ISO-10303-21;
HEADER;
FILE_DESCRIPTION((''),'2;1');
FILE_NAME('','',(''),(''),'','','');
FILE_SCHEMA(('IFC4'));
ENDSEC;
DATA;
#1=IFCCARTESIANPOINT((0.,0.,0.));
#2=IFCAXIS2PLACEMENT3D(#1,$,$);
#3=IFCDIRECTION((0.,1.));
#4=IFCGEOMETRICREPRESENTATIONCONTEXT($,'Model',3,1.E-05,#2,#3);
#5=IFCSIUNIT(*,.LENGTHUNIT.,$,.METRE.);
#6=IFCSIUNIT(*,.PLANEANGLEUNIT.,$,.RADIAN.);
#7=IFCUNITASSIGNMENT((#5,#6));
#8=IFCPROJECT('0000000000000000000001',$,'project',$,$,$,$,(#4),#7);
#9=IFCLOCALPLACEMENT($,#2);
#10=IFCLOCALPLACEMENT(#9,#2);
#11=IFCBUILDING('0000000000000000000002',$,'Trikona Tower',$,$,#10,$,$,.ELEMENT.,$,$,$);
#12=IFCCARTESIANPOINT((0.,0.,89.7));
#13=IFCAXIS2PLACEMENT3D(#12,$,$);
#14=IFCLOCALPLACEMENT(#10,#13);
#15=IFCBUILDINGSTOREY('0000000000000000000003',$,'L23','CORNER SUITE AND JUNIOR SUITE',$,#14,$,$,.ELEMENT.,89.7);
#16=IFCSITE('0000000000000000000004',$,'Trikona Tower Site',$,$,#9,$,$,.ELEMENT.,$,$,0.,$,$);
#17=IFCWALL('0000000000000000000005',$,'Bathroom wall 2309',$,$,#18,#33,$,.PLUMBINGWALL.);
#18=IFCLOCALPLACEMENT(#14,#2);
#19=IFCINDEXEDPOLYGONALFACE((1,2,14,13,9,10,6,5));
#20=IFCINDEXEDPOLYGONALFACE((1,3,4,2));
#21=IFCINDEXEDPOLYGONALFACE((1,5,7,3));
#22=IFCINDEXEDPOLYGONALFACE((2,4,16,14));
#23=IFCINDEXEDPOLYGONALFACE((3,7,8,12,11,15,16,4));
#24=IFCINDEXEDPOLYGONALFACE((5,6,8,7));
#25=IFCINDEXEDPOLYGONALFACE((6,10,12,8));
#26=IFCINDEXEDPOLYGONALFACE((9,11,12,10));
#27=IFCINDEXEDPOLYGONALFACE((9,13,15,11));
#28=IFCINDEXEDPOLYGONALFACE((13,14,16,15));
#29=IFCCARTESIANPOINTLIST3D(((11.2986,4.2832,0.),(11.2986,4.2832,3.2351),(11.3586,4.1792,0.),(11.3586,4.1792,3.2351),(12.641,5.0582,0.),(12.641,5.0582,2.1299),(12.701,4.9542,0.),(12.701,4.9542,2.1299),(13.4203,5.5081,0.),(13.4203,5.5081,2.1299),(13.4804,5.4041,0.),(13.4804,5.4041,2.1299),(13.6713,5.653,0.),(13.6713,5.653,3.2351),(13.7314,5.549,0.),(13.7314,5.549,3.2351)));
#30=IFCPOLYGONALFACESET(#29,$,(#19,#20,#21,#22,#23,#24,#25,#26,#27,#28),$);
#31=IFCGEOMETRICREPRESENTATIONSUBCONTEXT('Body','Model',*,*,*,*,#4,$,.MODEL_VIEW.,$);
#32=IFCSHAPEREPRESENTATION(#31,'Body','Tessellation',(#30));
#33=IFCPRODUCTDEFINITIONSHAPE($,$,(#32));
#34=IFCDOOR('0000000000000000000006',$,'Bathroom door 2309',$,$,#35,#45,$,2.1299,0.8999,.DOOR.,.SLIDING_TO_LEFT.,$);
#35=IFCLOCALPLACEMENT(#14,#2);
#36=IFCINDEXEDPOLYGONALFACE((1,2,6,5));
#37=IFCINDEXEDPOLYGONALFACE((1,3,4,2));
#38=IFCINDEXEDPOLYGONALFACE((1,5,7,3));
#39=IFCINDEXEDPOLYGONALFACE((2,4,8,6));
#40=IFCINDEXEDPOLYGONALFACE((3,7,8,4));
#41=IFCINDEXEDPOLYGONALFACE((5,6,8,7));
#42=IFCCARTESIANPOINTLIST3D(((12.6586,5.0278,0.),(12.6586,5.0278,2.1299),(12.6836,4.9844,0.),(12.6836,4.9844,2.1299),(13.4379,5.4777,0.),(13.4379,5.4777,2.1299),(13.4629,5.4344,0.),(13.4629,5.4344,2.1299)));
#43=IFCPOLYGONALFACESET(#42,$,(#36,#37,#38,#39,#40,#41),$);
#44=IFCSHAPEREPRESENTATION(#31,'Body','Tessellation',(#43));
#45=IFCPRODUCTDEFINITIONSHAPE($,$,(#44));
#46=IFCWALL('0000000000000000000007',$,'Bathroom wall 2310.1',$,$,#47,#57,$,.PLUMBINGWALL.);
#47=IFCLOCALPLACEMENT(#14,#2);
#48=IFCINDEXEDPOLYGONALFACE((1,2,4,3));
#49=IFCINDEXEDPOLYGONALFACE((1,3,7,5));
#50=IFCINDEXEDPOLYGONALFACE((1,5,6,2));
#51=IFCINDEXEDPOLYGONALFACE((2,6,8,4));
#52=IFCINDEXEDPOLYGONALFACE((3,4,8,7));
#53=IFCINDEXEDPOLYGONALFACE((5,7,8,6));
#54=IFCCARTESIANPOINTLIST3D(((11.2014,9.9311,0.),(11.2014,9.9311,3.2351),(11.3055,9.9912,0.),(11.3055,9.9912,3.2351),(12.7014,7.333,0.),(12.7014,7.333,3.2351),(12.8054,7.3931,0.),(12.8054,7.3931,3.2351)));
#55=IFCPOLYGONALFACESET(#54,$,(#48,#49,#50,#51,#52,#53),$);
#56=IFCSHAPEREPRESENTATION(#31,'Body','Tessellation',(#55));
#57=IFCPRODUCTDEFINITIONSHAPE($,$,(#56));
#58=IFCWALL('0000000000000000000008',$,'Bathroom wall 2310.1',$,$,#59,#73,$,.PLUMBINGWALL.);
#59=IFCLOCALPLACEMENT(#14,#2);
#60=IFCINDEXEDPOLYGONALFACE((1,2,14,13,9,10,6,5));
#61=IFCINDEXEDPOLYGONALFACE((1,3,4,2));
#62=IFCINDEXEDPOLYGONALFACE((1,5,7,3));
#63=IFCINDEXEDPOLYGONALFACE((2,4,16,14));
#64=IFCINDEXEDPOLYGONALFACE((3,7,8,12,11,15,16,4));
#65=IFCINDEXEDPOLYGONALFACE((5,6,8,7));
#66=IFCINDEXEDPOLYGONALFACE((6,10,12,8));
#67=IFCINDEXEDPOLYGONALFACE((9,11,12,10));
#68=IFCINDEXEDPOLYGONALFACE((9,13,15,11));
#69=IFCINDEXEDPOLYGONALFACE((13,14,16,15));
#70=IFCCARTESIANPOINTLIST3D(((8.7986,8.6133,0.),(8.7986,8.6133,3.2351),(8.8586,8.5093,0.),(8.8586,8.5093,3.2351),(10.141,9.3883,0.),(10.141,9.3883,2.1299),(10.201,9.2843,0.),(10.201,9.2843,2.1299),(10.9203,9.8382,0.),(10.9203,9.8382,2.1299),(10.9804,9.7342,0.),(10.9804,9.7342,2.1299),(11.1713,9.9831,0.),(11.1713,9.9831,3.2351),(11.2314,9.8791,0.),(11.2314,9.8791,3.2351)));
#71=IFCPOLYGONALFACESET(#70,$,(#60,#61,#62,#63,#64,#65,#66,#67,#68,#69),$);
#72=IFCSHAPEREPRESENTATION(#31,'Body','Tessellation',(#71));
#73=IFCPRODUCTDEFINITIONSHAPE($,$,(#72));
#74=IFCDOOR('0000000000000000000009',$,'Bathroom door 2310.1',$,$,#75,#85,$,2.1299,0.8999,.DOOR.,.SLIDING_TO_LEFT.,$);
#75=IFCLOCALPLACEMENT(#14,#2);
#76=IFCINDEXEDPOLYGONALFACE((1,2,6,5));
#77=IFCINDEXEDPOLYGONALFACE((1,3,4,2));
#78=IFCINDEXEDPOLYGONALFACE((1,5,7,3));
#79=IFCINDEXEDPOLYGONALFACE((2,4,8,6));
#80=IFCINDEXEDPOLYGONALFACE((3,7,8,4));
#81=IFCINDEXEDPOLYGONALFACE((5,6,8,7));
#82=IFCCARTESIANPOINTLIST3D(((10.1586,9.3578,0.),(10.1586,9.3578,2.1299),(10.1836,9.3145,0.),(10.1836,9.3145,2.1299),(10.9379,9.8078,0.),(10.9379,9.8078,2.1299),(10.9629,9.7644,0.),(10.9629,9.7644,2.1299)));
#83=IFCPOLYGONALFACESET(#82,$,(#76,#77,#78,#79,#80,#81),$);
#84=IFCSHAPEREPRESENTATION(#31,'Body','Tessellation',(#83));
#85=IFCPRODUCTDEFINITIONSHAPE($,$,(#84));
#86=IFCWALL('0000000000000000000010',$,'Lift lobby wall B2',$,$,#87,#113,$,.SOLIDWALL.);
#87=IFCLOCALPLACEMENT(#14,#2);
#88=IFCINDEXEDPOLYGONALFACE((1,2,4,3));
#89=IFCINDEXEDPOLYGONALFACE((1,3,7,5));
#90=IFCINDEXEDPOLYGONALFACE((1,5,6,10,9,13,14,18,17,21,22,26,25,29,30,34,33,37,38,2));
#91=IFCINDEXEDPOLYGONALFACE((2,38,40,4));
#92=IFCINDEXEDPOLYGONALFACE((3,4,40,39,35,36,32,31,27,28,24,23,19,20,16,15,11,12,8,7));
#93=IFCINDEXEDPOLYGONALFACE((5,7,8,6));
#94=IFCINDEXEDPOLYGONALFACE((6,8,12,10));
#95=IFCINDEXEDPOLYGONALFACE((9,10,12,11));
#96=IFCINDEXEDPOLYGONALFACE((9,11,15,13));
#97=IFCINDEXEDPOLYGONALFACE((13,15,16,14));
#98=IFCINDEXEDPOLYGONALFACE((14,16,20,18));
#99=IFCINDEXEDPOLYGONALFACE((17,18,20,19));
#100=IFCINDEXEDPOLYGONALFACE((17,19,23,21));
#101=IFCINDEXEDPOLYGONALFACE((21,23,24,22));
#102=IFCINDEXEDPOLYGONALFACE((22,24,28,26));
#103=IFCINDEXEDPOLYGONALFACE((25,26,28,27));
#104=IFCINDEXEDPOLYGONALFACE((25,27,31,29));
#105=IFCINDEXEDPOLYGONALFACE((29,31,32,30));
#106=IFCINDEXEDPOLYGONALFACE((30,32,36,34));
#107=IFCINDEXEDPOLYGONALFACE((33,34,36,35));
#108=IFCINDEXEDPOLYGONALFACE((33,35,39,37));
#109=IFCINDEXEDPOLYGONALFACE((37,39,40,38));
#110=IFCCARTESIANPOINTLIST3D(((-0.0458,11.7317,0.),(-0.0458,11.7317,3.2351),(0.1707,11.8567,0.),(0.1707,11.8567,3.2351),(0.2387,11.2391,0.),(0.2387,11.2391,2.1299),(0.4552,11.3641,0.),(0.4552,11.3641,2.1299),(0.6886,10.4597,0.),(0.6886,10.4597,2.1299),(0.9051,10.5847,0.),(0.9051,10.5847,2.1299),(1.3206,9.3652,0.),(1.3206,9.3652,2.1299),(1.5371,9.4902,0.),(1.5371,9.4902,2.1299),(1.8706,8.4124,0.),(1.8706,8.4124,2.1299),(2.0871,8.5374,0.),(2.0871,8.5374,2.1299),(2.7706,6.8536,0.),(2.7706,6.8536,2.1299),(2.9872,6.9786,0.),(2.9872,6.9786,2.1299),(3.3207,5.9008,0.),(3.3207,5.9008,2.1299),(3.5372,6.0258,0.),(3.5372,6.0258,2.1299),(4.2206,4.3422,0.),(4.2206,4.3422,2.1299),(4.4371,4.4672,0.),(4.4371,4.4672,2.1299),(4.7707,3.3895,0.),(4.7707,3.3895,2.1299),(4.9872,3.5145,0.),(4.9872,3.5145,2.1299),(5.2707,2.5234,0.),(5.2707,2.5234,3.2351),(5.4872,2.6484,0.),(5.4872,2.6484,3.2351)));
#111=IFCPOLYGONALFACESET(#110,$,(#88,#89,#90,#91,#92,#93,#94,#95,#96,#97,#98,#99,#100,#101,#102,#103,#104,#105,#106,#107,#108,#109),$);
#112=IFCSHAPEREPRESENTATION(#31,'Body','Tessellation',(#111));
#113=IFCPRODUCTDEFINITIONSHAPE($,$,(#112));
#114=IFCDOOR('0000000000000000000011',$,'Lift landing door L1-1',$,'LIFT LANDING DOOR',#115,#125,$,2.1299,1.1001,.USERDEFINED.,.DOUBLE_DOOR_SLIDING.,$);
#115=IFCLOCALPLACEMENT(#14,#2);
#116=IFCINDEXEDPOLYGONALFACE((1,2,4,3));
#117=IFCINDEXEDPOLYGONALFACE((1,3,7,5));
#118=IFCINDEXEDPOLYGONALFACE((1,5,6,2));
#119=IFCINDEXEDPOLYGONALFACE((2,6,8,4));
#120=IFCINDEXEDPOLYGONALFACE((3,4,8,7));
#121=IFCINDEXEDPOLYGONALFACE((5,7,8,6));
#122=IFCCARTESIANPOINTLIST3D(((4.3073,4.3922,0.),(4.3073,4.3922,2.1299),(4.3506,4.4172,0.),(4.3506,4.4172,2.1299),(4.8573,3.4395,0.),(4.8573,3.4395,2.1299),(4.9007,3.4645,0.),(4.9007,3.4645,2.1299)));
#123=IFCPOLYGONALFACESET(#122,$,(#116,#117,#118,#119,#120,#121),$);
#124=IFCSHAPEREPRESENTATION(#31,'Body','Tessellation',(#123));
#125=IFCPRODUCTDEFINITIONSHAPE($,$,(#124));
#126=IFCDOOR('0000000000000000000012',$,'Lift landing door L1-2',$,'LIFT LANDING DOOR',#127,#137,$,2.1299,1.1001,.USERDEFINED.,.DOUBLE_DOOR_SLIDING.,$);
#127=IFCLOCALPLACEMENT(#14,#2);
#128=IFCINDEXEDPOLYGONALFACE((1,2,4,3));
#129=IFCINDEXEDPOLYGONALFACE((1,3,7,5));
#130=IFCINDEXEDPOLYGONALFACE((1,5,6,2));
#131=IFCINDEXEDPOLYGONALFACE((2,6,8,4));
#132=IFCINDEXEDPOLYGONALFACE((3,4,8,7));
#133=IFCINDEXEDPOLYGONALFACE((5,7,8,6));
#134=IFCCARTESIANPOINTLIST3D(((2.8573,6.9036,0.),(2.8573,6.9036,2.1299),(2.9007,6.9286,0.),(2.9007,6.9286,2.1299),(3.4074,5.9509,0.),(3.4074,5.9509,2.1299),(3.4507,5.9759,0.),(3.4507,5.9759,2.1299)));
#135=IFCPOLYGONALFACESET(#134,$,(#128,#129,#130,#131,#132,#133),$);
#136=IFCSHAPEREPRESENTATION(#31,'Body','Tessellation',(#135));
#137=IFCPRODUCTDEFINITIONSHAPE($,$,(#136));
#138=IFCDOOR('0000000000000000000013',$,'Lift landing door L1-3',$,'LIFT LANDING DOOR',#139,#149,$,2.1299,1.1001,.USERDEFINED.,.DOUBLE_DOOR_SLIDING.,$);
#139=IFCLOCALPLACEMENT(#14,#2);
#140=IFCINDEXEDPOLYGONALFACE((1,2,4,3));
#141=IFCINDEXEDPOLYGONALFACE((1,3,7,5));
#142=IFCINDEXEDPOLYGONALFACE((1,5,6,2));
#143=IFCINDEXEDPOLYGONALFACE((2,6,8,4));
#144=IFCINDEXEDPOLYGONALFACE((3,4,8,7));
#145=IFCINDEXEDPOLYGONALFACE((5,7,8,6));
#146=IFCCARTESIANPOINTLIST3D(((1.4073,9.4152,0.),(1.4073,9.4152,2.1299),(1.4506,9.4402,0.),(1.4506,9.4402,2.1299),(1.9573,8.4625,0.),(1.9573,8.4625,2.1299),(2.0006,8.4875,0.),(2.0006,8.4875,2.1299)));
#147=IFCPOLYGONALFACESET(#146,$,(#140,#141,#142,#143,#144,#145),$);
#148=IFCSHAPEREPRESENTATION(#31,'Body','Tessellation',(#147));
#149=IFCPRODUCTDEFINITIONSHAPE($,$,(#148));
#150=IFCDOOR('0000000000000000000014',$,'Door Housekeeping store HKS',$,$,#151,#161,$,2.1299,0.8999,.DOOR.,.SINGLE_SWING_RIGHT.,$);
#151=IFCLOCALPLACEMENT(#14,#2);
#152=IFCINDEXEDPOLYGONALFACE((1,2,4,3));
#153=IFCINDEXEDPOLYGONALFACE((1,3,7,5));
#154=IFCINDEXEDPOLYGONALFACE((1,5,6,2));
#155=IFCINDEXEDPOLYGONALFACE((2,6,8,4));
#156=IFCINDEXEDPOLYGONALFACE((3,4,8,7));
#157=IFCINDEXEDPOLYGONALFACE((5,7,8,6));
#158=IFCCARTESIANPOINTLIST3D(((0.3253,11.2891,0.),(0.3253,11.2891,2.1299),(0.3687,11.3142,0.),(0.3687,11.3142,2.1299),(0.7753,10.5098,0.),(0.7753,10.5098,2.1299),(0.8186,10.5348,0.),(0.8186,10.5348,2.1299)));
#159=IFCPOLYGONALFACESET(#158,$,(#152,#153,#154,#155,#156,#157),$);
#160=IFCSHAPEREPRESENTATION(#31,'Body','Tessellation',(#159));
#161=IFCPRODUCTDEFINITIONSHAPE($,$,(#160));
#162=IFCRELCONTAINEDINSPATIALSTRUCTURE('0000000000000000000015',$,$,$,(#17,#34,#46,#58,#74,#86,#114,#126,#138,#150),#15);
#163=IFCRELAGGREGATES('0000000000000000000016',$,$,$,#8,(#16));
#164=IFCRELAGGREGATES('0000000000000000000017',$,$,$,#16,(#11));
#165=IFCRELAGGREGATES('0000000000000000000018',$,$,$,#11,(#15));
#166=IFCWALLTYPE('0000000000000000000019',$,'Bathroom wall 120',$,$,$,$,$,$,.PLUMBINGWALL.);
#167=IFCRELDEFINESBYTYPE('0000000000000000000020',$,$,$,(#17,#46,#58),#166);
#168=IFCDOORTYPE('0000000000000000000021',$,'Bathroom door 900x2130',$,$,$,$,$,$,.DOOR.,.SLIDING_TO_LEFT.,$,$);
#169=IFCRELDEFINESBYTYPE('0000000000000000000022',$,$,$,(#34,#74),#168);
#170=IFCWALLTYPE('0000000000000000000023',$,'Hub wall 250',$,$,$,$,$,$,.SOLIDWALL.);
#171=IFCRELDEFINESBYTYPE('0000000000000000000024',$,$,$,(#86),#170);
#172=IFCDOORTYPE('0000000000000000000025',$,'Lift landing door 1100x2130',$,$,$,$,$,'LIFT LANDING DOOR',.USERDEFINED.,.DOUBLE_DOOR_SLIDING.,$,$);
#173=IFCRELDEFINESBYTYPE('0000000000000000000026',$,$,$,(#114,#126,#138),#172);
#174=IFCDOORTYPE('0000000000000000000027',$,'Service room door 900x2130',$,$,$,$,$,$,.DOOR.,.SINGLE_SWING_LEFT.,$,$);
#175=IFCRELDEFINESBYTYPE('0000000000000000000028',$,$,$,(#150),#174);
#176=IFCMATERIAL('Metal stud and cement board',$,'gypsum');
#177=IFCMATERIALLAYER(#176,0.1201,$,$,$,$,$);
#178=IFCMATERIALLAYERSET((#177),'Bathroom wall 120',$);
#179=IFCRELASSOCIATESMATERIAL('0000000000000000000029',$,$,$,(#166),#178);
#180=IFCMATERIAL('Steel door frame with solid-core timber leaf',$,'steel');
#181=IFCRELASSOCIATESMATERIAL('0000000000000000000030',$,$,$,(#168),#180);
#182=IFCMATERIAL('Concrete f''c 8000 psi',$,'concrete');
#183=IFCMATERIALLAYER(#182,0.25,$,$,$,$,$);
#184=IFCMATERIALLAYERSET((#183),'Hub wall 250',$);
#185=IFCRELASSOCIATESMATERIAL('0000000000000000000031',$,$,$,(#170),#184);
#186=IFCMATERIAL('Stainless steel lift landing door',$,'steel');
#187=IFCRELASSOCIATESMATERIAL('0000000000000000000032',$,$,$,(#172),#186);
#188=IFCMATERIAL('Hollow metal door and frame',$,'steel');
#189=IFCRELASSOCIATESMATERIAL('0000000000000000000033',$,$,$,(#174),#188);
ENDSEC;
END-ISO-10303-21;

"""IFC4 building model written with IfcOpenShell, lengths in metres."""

from ifc_helpers import new_model, si_unit, direction, frame, frame_2d, origin, place, context, subcontext, project, spatial, rectangle, extrude, material, layer, layer_set, type_object, element, fill, save


model = new_model("IFC4")

# Units and contexts
model_context = context("Model", 3, precision=1e-05, world=origin(), true_north=direction((0.0, 1.0)))
body_context = subcontext(model_context, "Body", "Model", "MODEL_VIEW")
ifc_project = project(units=[si_unit("LENGTHUNIT", "METRE"), si_unit("PLANEANGLEUNIT", "RADIAN")], contexts=[model_context])

# Site, building, storey
site_placement = place(None, origin())
site = spatial("IfcSite", under=ifc_project, at=site_placement, Name="Trikona Tower Site", CompositionType="ELEMENT", RefElevation=0.0)
building_placement = place(site_placement, origin())
building = spatial("IfcBuilding", under=site, at=building_placement, Name="Trikona Tower", CompositionType="ELEMENT")
storey_placement = place(building_placement, frame((0.0, 0.0, 89.7)))
storey = spatial("IfcBuildingStorey", under=building, at=storey_placement, Name="L23", Description="CORNER SUITE AND JUNIOR SUITE", CompositionType="ELEMENT", Elevation=89.7)

# Shared definitions
ifc_material_1 = material(Name="Metal stud and cement board", Category="gypsum")
ifc_layer_1 = layer(ifc_material_1, 0.1201)
ifc_layer_set_1 = layer_set([ifc_layer_1], Name="Bathroom wall 120")
wall_type_1 = type_object("IfcWallType", Name="Bathroom wall 120", PredefinedType="PLUMBINGWALL", material=ifc_layer_set_1)

# Wall, opening, door
wall_1_placement = place(storey_placement, frame((11.3286, 4.2312, 0.0), z_axis=(0.0, 0.0, 1.0), x_axis=(0.866036, 0.499982, 0.0)))
wall_1 = element("IfcWall", 1, at=wall_1_placement, inside=storey, type_object=wall_type_1, Name="Bathroom wall 2309", PredefinedType="PLUMBINGWALL", context=body_context, shape_type="SweptSolid", body=[
    extrude(rectangle(XDim=2.7397, YDim=0.1201, at=frame_2d((1.3699, 0.0))), origin(), (0.0, 0.0, 1.0), 3.2351),
])
opening_1_placement = place(wall_1_placement, frame((1.55, 0.0, 0.0)))
opening_1 = element("IfcOpeningElement", 2, at=opening_1_placement, cuts=wall_1, PredefinedType="OPENING", context=body_context, shape_type="SweptSolid", body=[
    extrude(rectangle(XDim=0.8999, YDim=2.1299, at=frame_2d((0.45, 1.0649))), frame((0.0, 0.0701, 0.0), z_axis=(0.0, -1.0, 0.0), x_axis=(1.0, 0.0, 0.0)), (0.0, 0.0, 1.0), 0.1401),
])
ifc_material_2 = material(Name="Steel door frame with solid-core timber leaf", Category="steel")
door_type_1 = type_object("IfcDoorType", Name="Bathroom door 900x2130", OperationType="SLIDING_TO_LEFT", PredefinedType="DOOR", material=ifc_material_2)
door_1_placement = place(opening_1_placement, origin())
door_1 = element("IfcDoor", 3, at=door_1_placement, inside=storey, type_object=door_type_1, Name="Bathroom door 2309", OperationType="SLIDING_TO_LEFT", OverallHeight=2.1299, OverallWidth=0.8999, PredefinedType="DOOR", context=body_context, shape_type="SweptSolid", body=[
    extrude(rectangle(XDim=0.8999, YDim=2.1299, at=frame_2d((0.45, 1.0649))), frame((0.0, 0.0249, 0.0), z_axis=(0.0, -1.0, 0.0), x_axis=(1.0, 0.0, 0.0)), (0.0, 0.0, 1.0), 0.05),
])
fill(opening_1, door_1)

# Wall
wall_2_placement = place(storey_placement, frame((12.7534, 7.363, 0.0), z_axis=(0.0, 0.0, 1.0), x_axis=(-0.49999, 0.866031, 0.0)))
element("IfcWall", 4, at=wall_2_placement, inside=storey, type_object=wall_type_1, Name="Bathroom wall 2310.1", PredefinedType="PLUMBINGWALL", context=body_context, shape_type="SweptSolid", body=[
    extrude(rectangle(XDim=3.0, YDim=0.1201, at=frame_2d((1.5, 0.0))), origin(), (0.0, 0.0, 1.0), 3.2351),
])

# Wall, opening, door
wall_3_placement = place(storey_placement, frame((8.8286, 8.5613, 0.0), z_axis=(0.0, 0.0, 1.0), x_axis=(0.866036, 0.499982, 0.0)))
wall_3 = element("IfcWall", 5, at=wall_3_placement, inside=storey, type_object=wall_type_1, Name="Bathroom wall 2310.1", PredefinedType="PLUMBINGWALL", context=body_context, shape_type="SweptSolid", body=[
    extrude(rectangle(XDim=2.7397, YDim=0.1201, at=frame_2d((1.3699, 0.0))), origin(), (0.0, 0.0, 1.0), 3.2351),
])
opening_2_placement = place(wall_3_placement, frame((1.55, 0.0, 0.0)))
opening_2 = element("IfcOpeningElement", 6, at=opening_2_placement, cuts=wall_3, PredefinedType="OPENING", context=body_context, shape_type="SweptSolid", body=[
    extrude(rectangle(XDim=0.8999, YDim=2.1299, at=frame_2d((0.45, 1.0649))), frame((0.0, 0.0701, 0.0), z_axis=(0.0, -1.0, 0.0), x_axis=(1.0, 0.0, 0.0)), (0.0, 0.0, 1.0), 0.1401),
])
door_2_placement = place(opening_2_placement, origin())
door_2 = element("IfcDoor", 7, at=door_2_placement, inside=storey, type_object=door_type_1, Name="Bathroom door 2310.1", OperationType="SLIDING_TO_LEFT", OverallHeight=2.1299, OverallWidth=0.8999, PredefinedType="DOOR", context=body_context, shape_type="SweptSolid", body=[
    extrude(rectangle(XDim=0.8999, YDim=2.1299, at=frame_2d((0.45, 1.0649))), frame((0.0, 0.0249, 0.0), z_axis=(0.0, -1.0, 0.0), x_axis=(1.0, 0.0, 0.0)), (0.0, 0.0, 1.0), 0.05),
])
fill(opening_2, door_2)

# Wall, openings, doors
ifc_material_3 = material(Name="Concrete f'c 8000 psi", Category="concrete")
ifc_layer_2 = layer(ifc_material_3, 0.25)
ifc_layer_set_2 = layer_set([ifc_layer_2], Name="Hub wall 250")
wall_type_2 = type_object("IfcWallType", Name="Hub wall 250", PredefinedType="SOLIDWALL", material=ifc_layer_set_2)
wall_4_placement = place(storey_placement, frame((5.3789, 2.5859, 0.0), z_axis=(0.0, 0.0, 1.0), x_axis=(-0.500001, 0.866025, 0.0)))
wall_4 = element("IfcWall", 8, at=wall_4_placement, inside=storey, type_object=wall_type_2, Name="Lift lobby wall B2", PredefinedType="SOLIDWALL", context=body_context, shape_type="SweptSolid", body=[
    extrude(rectangle(XDim=10.6328, YDim=0.25, at=frame_2d((5.3164, 0.0))), origin(), (0.0, 0.0, 1.0), 3.2351),
])
opening_3_placement = place(wall_4_placement, frame((9.1641, 0.0, 0.0)))
opening_3 = element("IfcOpeningElement", 9, at=opening_3_placement, cuts=wall_4, PredefinedType="OPENING", context=body_context, shape_type="SweptSolid", body=[
    extrude(rectangle(XDim=0.8999, YDim=2.1299, at=frame_2d((0.45, 1.0649))), frame((0.0, 0.135, 0.0), z_axis=(0.0, -1.0, 0.0), x_axis=(1.0, 0.0, 0.0)), (0.0, 0.0, 1.0), 0.27),
])
opening_4_placement = place(wall_4_placement, frame((1.0, 0.0, 0.0)))
opening_4 = element("IfcOpeningElement", 10, at=opening_4_placement, cuts=wall_4, PredefinedType="OPENING", context=body_context, shape_type="SweptSolid", body=[
    extrude(rectangle(XDim=1.1001, YDim=2.1299, at=frame_2d((0.55, 1.0649))), frame((0.0, 0.135, 0.0), z_axis=(0.0, -1.0, 0.0), x_axis=(1.0, 0.0, 0.0)), (0.0, 0.0, 1.0), 0.27),
])
opening_5_placement = place(wall_4_placement, frame((3.8999, 0.0, 0.0)))
opening_5 = element("IfcOpeningElement", 11, at=opening_5_placement, cuts=wall_4, PredefinedType="OPENING", context=body_context, shape_type="SweptSolid", body=[
    extrude(rectangle(XDim=1.1001, YDim=2.1299, at=frame_2d((0.55, 1.0649))), frame((0.0, 0.135, 0.0), z_axis=(0.0, -1.0, 0.0), x_axis=(1.0, 0.0, 0.0)), (0.0, 0.0, 1.0), 0.27),
])
opening_6_placement = place(wall_4_placement, frame((6.8, 0.0, 0.0)))
opening_6 = element("IfcOpeningElement", 12, at=opening_6_placement, cuts=wall_4, PredefinedType="OPENING", context=body_context, shape_type="SweptSolid", body=[
    extrude(rectangle(XDim=1.1001, YDim=2.1299, at=frame_2d((0.55, 1.0649))), frame((0.0, 0.135, 0.0), z_axis=(0.0, -1.0, 0.0), x_axis=(1.0, 0.0, 0.0)), (0.0, 0.0, 1.0), 0.27),
])
ifc_material_4 = material(Name="Stainless steel lift landing door", Category="steel")
door_type_2 = type_object("IfcDoorType", Name="Lift landing door 1100x2130", ElementType="LIFT LANDING DOOR", OperationType="DOUBLE_DOOR_SLIDING", PredefinedType="USERDEFINED", material=ifc_material_4)
door_3_placement = place(opening_4_placement, origin())
door_3 = element("IfcDoor", 13, at=door_3_placement, inside=storey, type_object=door_type_2, Name="Lift landing door L1-1", ObjectType="LIFT LANDING DOOR", OperationType="DOUBLE_DOOR_SLIDING", OverallHeight=2.1299, OverallWidth=1.1001, PredefinedType="USERDEFINED", context=body_context, shape_type="SweptSolid", body=[
    extrude(rectangle(XDim=1.1001, YDim=2.1299, at=frame_2d((0.55, 1.0649))), frame((0.0, 0.0249, 0.0), z_axis=(0.0, -1.0, 0.0), x_axis=(1.0, 0.0, 0.0)), (0.0, 0.0, 1.0), 0.05),
])
fill(opening_4, door_3)
door_4_placement = place(opening_5_placement, origin())
door_4 = element("IfcDoor", 14, at=door_4_placement, inside=storey, type_object=door_type_2, Name="Lift landing door L1-2", ObjectType="LIFT LANDING DOOR", OperationType="DOUBLE_DOOR_SLIDING", OverallHeight=2.1299, OverallWidth=1.1001, PredefinedType="USERDEFINED", context=body_context, shape_type="SweptSolid", body=[
    extrude(rectangle(XDim=1.1001, YDim=2.1299, at=frame_2d((0.55, 1.0649))), frame((0.0, 0.0249, 0.0), z_axis=(0.0, -1.0, 0.0), x_axis=(1.0, 0.0, 0.0)), (0.0, 0.0, 1.0), 0.05),
])
fill(opening_5, door_4)
door_5_placement = place(opening_6_placement, origin())
door_5 = element("IfcDoor", 15, at=door_5_placement, inside=storey, type_object=door_type_2, Name="Lift landing door L1-3", ObjectType="LIFT LANDING DOOR", OperationType="DOUBLE_DOOR_SLIDING", OverallHeight=2.1299, OverallWidth=1.1001, PredefinedType="USERDEFINED", context=body_context, shape_type="SweptSolid", body=[
    extrude(rectangle(XDim=1.1001, YDim=2.1299, at=frame_2d((0.55, 1.0649))), frame((0.0, 0.0249, 0.0), z_axis=(0.0, -1.0, 0.0), x_axis=(1.0, 0.0, 0.0)), (0.0, 0.0, 1.0), 0.05),
])
fill(opening_6, door_5)
ifc_material_5 = material(Name="Hollow metal door and frame", Category="steel")
door_type_3 = type_object("IfcDoorType", Name="Service room door 900x2130", OperationType="SINGLE_SWING_LEFT", PredefinedType="DOOR", material=ifc_material_5)
door_6_placement = place(opening_3_placement, origin())
door_6 = element("IfcDoor", 16, at=door_6_placement, inside=storey, type_object=door_type_3, Name="Door Housekeeping store HKS", OperationType="SINGLE_SWING_RIGHT", OverallHeight=2.1299, OverallWidth=0.8999, PredefinedType="DOOR", context=body_context, shape_type="SweptSolid", body=[
    extrude(rectangle(XDim=0.8999, YDim=2.1299, at=frame_2d((0.45, 1.0649))), frame((0.0, 0.0249, 0.0), z_axis=(0.0, -1.0, 0.0), x_axis=(1.0, 0.0, 0.0)), (0.0, 0.0, 1.0), 0.05),
])
fill(opening_3, door_6)

save(model, "model.ifc")
